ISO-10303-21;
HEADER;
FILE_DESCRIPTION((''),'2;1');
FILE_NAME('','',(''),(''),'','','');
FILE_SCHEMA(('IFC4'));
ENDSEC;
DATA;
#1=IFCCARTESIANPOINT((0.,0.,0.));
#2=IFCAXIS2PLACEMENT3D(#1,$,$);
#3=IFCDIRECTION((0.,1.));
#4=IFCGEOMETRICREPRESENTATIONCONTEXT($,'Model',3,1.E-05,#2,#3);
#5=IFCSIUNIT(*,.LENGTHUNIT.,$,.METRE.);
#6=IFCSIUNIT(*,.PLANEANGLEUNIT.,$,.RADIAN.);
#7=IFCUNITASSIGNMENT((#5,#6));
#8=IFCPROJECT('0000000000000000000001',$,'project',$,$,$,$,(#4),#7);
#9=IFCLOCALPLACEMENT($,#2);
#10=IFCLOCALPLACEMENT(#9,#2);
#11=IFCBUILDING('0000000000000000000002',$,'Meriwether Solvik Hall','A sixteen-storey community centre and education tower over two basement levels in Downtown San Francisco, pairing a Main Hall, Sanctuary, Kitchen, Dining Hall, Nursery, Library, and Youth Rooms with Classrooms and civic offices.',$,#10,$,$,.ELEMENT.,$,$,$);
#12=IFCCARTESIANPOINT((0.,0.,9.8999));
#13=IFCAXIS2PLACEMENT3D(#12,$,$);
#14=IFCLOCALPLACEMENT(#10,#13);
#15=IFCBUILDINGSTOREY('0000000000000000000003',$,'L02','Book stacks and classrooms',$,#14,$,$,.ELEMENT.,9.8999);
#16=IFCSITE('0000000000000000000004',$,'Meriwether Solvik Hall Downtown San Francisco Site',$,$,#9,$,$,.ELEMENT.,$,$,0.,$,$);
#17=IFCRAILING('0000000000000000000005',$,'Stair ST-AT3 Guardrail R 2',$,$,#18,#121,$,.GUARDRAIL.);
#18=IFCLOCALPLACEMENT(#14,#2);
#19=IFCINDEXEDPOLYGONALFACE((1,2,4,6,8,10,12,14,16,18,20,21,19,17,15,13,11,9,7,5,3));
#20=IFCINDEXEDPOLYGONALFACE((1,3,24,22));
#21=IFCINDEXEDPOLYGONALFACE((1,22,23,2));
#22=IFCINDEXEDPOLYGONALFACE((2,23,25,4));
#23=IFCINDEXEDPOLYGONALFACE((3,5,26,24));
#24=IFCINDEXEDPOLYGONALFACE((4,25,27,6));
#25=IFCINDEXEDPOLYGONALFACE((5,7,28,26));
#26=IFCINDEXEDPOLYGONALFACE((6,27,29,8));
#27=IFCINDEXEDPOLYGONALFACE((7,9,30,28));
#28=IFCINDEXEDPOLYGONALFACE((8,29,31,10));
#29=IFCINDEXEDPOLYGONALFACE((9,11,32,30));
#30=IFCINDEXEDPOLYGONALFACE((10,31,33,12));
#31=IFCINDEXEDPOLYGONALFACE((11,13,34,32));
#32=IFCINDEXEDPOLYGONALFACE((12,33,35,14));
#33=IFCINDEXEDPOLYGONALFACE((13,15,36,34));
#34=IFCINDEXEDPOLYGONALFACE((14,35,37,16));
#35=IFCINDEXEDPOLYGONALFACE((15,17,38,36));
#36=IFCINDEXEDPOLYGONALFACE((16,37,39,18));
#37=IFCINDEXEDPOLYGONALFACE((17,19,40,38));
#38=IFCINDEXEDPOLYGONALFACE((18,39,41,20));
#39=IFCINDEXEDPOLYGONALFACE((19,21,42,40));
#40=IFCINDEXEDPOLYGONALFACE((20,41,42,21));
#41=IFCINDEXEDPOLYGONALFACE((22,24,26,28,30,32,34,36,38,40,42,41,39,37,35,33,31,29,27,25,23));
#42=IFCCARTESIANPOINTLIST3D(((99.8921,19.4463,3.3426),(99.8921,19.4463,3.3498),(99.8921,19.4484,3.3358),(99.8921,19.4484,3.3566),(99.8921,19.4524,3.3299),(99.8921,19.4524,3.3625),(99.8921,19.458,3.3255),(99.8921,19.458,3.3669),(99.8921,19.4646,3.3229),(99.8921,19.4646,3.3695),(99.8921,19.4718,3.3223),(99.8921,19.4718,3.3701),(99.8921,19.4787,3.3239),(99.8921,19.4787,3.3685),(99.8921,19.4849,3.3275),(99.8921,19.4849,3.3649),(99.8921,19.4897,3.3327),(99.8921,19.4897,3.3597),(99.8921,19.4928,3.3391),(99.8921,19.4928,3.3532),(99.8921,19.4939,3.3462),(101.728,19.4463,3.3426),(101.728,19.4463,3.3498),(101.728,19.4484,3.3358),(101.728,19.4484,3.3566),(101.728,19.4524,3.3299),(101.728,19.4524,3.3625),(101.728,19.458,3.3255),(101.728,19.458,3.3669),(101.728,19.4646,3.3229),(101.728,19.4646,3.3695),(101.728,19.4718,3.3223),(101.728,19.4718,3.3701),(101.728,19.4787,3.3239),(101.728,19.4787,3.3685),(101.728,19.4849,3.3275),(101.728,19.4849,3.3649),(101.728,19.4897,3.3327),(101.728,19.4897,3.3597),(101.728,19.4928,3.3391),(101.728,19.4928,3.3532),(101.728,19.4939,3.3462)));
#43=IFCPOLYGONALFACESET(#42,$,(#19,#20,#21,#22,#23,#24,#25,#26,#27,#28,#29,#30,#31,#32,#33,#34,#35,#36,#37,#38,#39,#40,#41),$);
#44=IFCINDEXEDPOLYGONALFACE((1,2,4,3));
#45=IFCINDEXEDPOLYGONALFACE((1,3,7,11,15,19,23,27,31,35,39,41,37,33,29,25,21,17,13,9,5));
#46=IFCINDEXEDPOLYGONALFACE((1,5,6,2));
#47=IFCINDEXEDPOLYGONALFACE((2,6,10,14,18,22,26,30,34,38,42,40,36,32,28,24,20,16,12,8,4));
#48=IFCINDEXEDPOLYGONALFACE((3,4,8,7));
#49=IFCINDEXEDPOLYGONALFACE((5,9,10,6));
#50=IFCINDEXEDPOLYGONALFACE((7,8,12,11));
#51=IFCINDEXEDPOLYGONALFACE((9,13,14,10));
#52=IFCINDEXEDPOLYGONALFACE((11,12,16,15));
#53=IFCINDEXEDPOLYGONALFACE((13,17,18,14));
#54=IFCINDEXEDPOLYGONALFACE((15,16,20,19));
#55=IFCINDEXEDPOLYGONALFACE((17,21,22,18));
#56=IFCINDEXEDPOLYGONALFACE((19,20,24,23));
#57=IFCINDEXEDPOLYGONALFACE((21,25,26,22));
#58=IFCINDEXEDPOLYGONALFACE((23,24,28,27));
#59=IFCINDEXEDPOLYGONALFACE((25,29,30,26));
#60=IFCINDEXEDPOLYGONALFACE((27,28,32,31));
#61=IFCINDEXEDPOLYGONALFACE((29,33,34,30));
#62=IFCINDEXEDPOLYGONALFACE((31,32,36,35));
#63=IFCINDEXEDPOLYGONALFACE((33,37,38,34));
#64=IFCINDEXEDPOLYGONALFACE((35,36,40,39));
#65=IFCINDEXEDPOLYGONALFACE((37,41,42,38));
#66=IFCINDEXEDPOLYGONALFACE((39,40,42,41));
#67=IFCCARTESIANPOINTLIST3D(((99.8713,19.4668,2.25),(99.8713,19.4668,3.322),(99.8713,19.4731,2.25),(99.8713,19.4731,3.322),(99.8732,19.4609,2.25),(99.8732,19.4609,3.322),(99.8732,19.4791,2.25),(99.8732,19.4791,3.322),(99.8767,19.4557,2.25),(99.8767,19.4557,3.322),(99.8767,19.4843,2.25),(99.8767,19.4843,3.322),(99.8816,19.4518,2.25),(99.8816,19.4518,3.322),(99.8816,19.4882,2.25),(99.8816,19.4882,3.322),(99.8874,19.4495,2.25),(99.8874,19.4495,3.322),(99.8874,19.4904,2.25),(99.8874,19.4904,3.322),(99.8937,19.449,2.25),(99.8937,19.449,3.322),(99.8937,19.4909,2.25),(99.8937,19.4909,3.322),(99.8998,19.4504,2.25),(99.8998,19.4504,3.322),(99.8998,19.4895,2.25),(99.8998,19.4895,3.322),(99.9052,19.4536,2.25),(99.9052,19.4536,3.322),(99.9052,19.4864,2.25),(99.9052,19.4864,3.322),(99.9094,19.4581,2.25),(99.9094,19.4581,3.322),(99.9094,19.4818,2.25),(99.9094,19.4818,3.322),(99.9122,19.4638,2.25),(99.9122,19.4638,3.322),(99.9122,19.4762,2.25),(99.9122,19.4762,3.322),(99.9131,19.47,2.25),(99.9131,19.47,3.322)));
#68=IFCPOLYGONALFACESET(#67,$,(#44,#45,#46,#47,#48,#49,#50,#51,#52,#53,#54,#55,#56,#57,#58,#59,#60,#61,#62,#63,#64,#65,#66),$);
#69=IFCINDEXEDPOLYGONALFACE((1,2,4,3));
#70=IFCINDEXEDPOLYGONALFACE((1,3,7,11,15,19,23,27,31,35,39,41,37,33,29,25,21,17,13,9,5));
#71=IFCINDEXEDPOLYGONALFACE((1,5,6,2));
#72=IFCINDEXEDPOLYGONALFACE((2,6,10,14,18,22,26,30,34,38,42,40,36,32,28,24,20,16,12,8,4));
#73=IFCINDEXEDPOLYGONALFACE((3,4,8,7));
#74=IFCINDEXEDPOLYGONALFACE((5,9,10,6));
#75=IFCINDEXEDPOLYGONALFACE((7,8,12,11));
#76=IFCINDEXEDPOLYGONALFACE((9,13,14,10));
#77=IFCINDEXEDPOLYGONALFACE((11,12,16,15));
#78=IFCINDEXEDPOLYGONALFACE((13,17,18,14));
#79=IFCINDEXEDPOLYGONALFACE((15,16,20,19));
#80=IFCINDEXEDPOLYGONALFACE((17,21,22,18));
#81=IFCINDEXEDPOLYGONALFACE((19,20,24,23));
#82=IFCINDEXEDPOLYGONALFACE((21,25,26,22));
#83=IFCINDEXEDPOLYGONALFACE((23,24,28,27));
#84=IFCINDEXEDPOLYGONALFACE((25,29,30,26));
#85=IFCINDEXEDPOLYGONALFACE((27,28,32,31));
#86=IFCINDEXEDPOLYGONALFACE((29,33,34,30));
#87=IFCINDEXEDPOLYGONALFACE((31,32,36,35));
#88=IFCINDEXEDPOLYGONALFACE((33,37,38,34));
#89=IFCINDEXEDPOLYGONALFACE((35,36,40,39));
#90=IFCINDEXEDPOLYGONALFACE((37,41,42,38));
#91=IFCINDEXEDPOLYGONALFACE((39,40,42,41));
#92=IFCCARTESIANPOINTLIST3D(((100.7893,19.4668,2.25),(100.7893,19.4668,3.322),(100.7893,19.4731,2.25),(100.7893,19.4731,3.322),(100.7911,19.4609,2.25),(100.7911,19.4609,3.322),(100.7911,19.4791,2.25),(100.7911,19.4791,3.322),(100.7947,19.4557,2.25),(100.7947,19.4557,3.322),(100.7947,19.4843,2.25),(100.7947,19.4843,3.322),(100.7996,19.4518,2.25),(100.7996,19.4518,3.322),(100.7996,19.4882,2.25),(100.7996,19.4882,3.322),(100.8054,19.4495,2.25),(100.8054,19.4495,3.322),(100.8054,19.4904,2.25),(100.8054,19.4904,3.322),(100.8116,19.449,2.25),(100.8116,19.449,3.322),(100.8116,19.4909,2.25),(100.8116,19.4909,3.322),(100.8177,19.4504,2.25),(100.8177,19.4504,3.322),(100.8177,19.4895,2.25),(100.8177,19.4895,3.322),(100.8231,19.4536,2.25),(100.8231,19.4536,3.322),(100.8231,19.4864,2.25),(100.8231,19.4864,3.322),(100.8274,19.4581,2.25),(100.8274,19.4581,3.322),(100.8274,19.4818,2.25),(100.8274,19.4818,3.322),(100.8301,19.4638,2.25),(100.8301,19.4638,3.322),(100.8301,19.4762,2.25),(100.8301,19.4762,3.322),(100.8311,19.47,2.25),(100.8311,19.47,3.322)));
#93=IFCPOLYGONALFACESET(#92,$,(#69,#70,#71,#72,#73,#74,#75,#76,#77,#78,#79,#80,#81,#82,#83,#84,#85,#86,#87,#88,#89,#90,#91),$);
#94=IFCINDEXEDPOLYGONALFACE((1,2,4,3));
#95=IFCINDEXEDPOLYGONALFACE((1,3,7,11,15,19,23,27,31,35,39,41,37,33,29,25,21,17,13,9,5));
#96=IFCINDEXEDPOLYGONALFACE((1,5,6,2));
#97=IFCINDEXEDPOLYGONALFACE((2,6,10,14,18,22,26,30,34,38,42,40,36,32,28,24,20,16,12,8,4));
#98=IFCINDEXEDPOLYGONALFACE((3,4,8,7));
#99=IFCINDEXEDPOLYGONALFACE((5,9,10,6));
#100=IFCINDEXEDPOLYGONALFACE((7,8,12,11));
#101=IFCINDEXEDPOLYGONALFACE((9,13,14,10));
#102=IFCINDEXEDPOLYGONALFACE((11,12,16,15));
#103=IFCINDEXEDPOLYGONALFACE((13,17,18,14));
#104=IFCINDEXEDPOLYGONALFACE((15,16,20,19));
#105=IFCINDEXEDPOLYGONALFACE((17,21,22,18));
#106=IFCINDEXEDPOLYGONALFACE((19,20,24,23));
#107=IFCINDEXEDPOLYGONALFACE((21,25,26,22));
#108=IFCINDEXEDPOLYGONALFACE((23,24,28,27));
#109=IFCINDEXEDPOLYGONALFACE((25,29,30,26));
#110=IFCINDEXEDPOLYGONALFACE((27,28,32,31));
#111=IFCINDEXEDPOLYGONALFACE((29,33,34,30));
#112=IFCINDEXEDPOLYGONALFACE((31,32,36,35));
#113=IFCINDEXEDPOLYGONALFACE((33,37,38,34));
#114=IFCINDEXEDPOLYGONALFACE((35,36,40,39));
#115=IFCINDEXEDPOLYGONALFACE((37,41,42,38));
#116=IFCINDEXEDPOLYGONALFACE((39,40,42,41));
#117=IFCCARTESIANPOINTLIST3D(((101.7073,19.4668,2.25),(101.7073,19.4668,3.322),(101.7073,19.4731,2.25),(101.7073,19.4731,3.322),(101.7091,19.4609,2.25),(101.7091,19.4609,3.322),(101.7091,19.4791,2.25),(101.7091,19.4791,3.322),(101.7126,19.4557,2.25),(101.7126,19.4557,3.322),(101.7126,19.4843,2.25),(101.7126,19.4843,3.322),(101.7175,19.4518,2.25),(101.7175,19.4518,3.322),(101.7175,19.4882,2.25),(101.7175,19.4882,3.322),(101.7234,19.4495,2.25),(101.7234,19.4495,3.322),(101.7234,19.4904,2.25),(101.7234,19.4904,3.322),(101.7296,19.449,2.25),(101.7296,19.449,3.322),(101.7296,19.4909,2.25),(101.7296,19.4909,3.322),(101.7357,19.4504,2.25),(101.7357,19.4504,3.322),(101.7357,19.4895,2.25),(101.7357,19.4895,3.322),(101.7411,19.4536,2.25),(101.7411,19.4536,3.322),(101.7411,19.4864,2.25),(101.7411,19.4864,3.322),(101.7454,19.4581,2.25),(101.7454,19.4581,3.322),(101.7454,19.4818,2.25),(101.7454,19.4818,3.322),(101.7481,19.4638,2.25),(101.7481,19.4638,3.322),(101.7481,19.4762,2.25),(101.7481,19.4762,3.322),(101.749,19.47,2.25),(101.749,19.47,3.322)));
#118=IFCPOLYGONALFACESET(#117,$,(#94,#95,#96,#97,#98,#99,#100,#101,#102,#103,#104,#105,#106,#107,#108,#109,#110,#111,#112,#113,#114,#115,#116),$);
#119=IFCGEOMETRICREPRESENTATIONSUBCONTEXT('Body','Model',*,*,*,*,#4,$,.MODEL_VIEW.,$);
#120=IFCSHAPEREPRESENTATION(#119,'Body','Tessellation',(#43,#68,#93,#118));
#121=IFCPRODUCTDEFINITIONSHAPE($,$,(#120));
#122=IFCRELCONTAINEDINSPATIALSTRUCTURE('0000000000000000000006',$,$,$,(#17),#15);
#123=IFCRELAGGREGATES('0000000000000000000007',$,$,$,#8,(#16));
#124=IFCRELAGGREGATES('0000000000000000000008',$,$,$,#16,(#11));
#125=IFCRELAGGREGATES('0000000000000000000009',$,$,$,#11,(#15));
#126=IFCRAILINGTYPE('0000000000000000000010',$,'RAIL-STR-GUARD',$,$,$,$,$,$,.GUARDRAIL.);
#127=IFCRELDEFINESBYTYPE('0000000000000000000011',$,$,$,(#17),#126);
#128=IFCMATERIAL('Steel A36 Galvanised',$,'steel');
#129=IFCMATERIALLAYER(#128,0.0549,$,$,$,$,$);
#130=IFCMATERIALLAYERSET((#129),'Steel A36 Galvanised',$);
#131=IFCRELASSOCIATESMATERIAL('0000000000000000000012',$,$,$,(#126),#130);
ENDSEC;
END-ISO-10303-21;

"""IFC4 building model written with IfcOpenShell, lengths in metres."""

from ifc_helpers import new_model, si_unit, direction, frame, origin, origin_2d, place, context, subcontext, project, spatial, circle, extrude, material, layer, layer_set, type_object, element, save


model = new_model("IFC4")

# Units and contexts
model_context = context("Model", 3, precision=1e-05, world=origin(), true_north=direction((0.0, 1.0)))
body_context = subcontext(model_context, "Body", "Model", "MODEL_VIEW")
ifc_project = project(units=[si_unit("LENGTHUNIT", "METRE"), si_unit("PLANEANGLEUNIT", "RADIAN")], contexts=[model_context])

# Site, building, storey
site_placement = place(None, origin())
site = spatial("IfcSite", under=ifc_project, at=site_placement, Name="Meriwether Solvik Hall Downtown San Francisco Site", CompositionType="ELEMENT", RefElevation=0.0)
building_placement = place(site_placement, origin())
building = spatial("IfcBuilding", under=site, at=building_placement, Name="Meriwether Solvik Hall", Description="A sixteen-storey community centre and education tower over two basement levels in Downtown San Francisco, pairing a Main Hall, Sanctuary, Kitchen, Dining Hall, Nursery, Library, and Youth Rooms with Classrooms and civic offices.", CompositionType="ELEMENT")
storey_placement = place(building_placement, frame((0.0, 0.0, 9.8999)))
storey = spatial("IfcBuildingStorey", under=building, at=storey_placement, Name="L02", Description="Book stacks and classrooms", CompositionType="ELEMENT", Elevation=9.8999)

# Railing
ifc_material_1 = material(Name="Steel A36 Galvanised", Category="steel")
ifc_layer_1 = layer(ifc_material_1, 0.0549)
ifc_layer_set_1 = layer_set([ifc_layer_1], Name="Steel A36 Galvanised")
railing_type_1 = type_object("IfcRailingType", Name="RAIL-STR-GUARD", PredefinedType="GUARDRAIL", material=ifc_layer_set_1)
railing_1_placement = place(storey_placement, frame((99.8921, 19.47, 2.25)))
element("IfcRailing", 1, at=railing_1_placement, inside=storey, type_object=railing_type_1, Name="Stair ST-AT3 Guardrail R 2", PredefinedType="GUARDRAIL", context=body_context, shape_type="SweptSolid", body=[
    extrude(circle(Radius=0.0239, at=origin_2d()), frame((0.0, 0.0, 1.0962), z_axis=(1.0, 0.0, 0.0), x_axis=(0.0, 1.0, 0.0)), (0.0, 0.0, 1.0), 1.8359),
    extrude(circle(Radius=0.021, at=origin_2d()), origin(), (0.0, 0.0, 1.0), 1.072),
    extrude(circle(Radius=0.021, at=origin_2d()), frame((0.918, 0.0, 0.0)), (0.0, 0.0, 1.0), 1.072),
    extrude(circle(Radius=0.021, at=origin_2d()), frame((1.8359, 0.0, 0.0)), (0.0, 0.0, 1.0), 1.072),
])

save(model, "model.ifc")
